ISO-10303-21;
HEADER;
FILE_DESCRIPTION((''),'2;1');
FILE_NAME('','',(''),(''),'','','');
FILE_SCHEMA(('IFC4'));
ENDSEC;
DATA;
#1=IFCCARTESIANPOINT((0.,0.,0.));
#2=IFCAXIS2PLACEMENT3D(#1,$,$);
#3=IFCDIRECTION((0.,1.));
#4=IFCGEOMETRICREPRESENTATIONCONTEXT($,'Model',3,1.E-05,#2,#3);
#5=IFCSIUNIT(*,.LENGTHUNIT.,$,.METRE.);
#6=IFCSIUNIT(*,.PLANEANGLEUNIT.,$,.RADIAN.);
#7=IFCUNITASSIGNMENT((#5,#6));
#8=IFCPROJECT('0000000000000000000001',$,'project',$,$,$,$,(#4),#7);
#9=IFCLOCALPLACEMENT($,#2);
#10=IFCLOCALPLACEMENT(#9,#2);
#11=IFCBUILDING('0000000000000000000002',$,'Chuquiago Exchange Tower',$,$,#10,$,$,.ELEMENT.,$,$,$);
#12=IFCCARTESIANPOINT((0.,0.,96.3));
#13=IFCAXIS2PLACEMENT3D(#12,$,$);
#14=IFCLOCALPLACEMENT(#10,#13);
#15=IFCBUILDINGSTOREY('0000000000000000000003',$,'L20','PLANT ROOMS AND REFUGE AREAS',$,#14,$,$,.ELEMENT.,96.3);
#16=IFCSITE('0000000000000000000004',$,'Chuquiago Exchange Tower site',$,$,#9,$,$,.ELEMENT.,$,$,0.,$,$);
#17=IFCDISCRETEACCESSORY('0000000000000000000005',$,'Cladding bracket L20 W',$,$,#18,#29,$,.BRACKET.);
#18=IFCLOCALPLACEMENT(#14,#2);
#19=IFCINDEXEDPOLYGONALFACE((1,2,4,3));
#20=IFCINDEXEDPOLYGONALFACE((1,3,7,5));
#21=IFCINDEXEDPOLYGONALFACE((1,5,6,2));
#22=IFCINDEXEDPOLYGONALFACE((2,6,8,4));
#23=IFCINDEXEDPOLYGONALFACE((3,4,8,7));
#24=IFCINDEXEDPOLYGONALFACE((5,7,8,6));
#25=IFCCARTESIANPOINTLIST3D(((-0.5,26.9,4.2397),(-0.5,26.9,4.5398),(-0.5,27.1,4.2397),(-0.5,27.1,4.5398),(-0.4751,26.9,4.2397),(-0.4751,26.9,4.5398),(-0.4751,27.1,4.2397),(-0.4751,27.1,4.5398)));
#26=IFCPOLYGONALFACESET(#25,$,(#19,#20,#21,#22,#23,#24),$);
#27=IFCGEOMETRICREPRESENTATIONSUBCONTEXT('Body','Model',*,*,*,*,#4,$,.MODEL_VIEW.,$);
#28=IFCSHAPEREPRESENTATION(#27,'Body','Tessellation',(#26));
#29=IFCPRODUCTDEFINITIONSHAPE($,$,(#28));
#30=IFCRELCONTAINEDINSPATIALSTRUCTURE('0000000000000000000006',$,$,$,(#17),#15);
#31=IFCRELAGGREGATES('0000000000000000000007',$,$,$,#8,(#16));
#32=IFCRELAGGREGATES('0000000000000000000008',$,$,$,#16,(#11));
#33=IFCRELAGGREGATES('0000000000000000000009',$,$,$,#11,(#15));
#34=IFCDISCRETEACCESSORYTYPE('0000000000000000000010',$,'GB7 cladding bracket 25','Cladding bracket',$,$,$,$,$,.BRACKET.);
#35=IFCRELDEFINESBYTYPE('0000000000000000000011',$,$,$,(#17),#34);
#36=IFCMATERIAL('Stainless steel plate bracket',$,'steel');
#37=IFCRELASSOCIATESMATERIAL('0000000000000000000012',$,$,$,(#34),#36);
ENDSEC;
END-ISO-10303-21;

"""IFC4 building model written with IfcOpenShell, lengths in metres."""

from ifc_helpers import new_model, si_unit, direction, frame, origin, origin_2d, place, context, subcontext, project, spatial, rectangle, extrude, material, type_object, element, save


model = new_model("IFC4")

# Units and contexts
model_context = context("Model", 3, precision=1e-05, world=origin(), true_north=direction((0.0, 1.0)))
body_context = subcontext(model_context, "Body", "Model", "MODEL_VIEW")
ifc_project = project(units=[si_unit("LENGTHUNIT", "METRE"), si_unit("PLANEANGLEUNIT", "RADIAN")], contexts=[model_context])

# Site, building, storey
site_placement = place(None, origin())
site = spatial("IfcSite", under=ifc_project, at=site_placement, Name="Chuquiago Exchange Tower site", CompositionType="ELEMENT", RefElevation=0.0)
building_placement = place(site_placement, origin())
building = spatial("IfcBuilding", under=site, at=building_placement, Name="Chuquiago Exchange Tower", CompositionType="ELEMENT")
storey_placement = place(building_placement, frame((0.0, 0.0, 96.3)))
storey = spatial("IfcBuildingStorey", under=building, at=storey_placement, Name="L20", Description="PLANT ROOMS AND REFUGE AREAS", CompositionType="ELEMENT", Elevation=96.3)

# Discrete accessory
ifc_material_1 = material(Name="Stainless steel plate bracket", Category="steel")
discrete_accessory_type_1 = type_object("IfcDiscreteAccessoryType", Name="GB7 cladding bracket 25", Description="Cladding bracket", PredefinedType="BRACKET", material=ifc_material_1)
for number, where, z_axis, x_axis, name in (
    (1, (-0.4875, 27.0, 4.2397), (0.0, 0.0, 1.0), (0.0, -1.0, 0.0), "Cladding bracket L20 W"),
):
    element("IfcDiscreteAccessory", number, at=place(storey_placement, frame(where, z_axis=z_axis, x_axis=x_axis)), inside=storey, type_object=discrete_accessory_type_1, Name=name, PredefinedType="BRACKET", context=body_context, shape_type="SweptSolid", body=[
        extrude(rectangle(XDim=0.2, YDim=0.0249, at=origin_2d()), origin(), (0.0, 0.0, 1.0), 0.3),
    ])

save(model, "model.ifc")
